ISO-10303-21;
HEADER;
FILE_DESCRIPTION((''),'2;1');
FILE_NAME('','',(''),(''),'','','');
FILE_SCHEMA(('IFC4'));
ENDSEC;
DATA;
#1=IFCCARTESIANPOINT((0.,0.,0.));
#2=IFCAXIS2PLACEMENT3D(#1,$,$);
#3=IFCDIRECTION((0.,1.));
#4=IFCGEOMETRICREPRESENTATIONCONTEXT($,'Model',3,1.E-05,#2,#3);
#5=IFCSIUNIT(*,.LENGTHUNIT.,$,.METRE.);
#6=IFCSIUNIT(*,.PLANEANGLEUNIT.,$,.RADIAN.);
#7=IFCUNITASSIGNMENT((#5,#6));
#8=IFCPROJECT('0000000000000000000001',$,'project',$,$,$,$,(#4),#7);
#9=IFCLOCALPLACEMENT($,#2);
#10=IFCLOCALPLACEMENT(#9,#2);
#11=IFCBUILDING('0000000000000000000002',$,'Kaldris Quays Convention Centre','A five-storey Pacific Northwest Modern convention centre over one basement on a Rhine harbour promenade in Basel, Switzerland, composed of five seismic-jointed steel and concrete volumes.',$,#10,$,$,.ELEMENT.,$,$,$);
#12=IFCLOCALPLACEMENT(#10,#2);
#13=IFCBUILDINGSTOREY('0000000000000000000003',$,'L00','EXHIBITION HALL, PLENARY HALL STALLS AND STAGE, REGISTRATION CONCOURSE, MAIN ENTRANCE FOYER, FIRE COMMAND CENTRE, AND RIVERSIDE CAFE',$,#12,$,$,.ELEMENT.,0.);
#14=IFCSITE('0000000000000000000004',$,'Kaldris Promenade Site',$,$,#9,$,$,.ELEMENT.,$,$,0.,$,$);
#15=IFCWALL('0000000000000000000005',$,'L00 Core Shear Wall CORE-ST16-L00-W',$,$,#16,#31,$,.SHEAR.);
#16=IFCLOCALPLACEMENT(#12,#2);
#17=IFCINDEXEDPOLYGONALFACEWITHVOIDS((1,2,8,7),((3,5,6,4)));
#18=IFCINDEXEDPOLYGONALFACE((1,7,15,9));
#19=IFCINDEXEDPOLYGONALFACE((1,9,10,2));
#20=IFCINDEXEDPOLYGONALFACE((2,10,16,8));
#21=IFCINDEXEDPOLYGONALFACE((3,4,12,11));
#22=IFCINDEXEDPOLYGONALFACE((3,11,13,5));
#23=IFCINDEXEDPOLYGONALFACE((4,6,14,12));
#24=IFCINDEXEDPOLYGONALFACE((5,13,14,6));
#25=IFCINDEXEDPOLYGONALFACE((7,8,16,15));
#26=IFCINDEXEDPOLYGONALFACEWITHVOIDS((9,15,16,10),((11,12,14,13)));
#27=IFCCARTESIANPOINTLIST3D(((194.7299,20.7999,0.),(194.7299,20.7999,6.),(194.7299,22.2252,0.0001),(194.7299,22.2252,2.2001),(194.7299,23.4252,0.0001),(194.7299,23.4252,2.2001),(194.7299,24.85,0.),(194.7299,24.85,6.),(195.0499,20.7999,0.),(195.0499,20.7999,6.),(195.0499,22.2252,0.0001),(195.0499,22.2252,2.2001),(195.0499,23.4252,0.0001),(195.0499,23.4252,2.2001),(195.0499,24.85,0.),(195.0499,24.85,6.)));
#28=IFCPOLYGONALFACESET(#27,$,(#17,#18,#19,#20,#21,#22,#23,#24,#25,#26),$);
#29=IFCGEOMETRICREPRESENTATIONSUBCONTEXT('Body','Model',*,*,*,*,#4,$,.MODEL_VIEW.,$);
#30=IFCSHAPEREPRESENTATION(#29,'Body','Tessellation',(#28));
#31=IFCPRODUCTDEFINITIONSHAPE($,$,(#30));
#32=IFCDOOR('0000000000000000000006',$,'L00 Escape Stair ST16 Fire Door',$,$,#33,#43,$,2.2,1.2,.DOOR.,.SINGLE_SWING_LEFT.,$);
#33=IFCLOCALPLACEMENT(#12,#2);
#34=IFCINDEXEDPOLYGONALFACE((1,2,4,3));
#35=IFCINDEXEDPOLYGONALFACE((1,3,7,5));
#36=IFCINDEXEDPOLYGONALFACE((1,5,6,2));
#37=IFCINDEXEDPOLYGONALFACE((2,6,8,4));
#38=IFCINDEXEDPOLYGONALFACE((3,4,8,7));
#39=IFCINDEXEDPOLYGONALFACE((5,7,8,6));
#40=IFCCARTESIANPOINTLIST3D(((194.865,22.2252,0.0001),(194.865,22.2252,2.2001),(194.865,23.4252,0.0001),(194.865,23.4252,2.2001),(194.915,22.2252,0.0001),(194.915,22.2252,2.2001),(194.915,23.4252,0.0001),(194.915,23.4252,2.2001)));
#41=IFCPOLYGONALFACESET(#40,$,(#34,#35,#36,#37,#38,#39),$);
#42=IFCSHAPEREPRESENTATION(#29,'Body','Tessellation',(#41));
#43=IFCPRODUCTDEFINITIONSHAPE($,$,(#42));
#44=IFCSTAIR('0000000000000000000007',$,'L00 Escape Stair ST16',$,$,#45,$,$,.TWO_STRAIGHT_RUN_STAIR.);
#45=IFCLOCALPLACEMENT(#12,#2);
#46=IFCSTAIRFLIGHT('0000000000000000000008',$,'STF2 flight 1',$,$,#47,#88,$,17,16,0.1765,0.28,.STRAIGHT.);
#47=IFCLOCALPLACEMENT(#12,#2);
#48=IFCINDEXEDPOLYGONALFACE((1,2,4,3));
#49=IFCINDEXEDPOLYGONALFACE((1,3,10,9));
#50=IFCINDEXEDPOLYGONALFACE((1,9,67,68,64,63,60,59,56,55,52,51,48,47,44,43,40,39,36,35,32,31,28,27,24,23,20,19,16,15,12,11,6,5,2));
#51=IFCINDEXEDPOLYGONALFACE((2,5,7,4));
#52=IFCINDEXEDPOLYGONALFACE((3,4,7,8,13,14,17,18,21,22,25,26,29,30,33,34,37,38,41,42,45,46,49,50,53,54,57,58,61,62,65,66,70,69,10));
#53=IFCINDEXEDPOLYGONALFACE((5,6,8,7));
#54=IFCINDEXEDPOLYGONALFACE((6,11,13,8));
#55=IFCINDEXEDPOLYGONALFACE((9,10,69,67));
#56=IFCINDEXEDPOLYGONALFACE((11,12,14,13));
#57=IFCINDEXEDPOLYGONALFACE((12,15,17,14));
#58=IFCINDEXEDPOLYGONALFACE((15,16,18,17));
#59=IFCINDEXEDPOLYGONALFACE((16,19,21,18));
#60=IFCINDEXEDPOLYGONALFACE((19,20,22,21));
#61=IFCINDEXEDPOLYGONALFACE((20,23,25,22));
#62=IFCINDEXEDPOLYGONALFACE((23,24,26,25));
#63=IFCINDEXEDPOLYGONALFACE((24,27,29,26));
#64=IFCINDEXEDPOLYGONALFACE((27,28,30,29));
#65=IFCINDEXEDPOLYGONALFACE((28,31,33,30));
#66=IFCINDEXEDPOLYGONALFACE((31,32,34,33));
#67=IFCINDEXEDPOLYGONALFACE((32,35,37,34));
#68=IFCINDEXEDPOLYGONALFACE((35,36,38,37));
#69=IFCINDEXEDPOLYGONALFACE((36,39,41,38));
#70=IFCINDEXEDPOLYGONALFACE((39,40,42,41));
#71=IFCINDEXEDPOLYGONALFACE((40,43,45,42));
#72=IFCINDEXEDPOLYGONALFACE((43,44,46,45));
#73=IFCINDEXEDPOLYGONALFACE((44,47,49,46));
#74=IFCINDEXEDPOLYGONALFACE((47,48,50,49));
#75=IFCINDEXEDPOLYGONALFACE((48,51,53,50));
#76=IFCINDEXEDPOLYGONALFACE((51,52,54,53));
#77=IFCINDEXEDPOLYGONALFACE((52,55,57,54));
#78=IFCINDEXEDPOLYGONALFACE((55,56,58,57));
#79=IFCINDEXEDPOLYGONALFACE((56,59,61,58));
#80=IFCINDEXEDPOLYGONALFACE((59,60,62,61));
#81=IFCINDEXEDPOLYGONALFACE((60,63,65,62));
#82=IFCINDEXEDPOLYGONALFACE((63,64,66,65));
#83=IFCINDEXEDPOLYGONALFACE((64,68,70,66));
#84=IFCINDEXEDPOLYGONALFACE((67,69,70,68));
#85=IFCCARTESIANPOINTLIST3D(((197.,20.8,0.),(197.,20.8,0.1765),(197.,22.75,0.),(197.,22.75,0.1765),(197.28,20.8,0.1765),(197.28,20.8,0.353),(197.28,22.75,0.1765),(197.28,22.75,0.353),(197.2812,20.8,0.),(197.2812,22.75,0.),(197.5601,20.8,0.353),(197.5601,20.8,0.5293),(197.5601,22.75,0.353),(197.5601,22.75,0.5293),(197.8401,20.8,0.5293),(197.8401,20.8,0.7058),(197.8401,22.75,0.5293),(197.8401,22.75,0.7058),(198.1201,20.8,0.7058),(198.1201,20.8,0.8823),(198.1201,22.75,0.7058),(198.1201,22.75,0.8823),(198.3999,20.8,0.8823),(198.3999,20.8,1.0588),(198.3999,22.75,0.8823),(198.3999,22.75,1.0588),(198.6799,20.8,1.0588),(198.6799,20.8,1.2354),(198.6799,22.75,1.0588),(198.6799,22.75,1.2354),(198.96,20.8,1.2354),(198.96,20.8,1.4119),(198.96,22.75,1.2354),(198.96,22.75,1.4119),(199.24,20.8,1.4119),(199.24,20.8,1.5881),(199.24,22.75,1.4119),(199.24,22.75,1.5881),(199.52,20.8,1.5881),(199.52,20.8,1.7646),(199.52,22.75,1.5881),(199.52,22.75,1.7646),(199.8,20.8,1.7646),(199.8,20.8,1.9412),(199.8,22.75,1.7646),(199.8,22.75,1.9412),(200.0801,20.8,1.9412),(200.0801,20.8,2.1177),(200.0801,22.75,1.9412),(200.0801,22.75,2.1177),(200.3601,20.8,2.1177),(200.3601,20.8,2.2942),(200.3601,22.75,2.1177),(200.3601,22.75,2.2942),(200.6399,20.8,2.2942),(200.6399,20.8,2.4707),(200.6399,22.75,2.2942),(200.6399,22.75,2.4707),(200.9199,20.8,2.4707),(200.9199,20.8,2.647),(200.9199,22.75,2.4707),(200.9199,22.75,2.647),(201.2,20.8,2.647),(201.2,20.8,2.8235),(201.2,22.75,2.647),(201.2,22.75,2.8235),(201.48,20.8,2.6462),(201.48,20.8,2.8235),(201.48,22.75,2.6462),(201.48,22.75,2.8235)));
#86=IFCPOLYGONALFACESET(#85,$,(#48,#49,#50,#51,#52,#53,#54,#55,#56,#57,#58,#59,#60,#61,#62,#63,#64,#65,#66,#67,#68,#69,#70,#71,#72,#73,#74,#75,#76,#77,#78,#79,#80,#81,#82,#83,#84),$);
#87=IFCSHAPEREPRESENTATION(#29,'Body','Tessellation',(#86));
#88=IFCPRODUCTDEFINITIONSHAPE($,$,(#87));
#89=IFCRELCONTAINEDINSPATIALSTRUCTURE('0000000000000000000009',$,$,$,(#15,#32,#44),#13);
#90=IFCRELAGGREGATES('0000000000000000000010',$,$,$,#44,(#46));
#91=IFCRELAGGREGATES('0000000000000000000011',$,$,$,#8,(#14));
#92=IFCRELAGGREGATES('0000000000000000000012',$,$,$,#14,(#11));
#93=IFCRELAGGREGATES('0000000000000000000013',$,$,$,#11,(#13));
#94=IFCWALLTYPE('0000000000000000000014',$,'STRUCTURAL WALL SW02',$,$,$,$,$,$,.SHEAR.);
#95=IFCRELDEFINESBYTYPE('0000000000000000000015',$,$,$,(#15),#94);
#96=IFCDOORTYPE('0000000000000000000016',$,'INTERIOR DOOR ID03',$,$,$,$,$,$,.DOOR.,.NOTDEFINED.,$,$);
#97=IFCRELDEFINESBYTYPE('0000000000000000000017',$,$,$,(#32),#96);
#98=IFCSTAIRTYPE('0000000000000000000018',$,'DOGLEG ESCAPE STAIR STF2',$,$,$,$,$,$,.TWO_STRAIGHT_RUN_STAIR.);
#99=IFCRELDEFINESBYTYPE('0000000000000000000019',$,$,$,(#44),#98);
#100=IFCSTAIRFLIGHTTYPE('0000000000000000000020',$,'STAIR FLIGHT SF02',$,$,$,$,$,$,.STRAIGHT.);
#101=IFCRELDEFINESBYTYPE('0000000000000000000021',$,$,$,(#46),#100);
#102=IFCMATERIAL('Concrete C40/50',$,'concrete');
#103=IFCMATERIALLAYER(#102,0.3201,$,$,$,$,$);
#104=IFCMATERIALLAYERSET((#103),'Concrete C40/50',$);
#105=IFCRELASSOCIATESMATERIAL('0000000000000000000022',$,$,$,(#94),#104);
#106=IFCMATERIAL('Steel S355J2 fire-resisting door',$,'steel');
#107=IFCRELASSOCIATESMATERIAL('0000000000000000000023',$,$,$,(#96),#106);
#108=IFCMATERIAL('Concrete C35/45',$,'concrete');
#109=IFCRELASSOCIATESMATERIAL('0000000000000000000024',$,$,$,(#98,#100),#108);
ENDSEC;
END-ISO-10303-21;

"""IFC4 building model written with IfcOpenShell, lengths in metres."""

from ifc_helpers import new_model, si_unit, direction, frame, frame_2d, origin, place, context, subcontext, project, spatial, polyline, rectangle, outline, extrude, material, layer, layer_set, type_object, element, fill, aggregate, save


model = new_model("IFC4")

# Units and contexts
model_context = context("Model", 3, precision=1e-05, world=origin(), true_north=direction((0.0, 1.0)))
body_context = subcontext(model_context, "Body", "Model", "MODEL_VIEW")
ifc_project = project(units=[si_unit("LENGTHUNIT", "METRE"), si_unit("PLANEANGLEUNIT", "RADIAN")], contexts=[model_context])

# Site, building, storey
site_placement = place(None, origin())
site = spatial("IfcSite", under=ifc_project, at=site_placement, Name="Kaldris Promenade Site", CompositionType="ELEMENT", RefElevation=0.0)
building_placement = place(site_placement, origin())
building = spatial("IfcBuilding", under=site, at=building_placement, Name="Kaldris Quays Convention Centre", Description="A five-storey Pacific Northwest Modern convention centre over one basement on a Rhine harbour promenade in Basel, Switzerland, composed of five seismic-jointed steel and concrete volumes.", CompositionType="ELEMENT")
storey_placement = place(building_placement, origin())
storey = spatial("IfcBuildingStorey", under=building, at=storey_placement, Name="L00", Description="EXHIBITION HALL, PLENARY HALL STALLS AND STAGE, REGISTRATION CONCOURSE, MAIN ENTRANCE FOYER, FIRE COMMAND CENTRE, AND RIVERSIDE CAFE", CompositionType="ELEMENT", Elevation=0.0)

# Shared definitions
ifc_material_1 = material(Name="Concrete C35/45", Category="concrete")

# Wall, opening, door
ifc_material_2 = material(Name="Concrete C40/50", Category="concrete")
ifc_layer_1 = layer(ifc_material_2, 0.3201)
ifc_layer_set_1 = layer_set([ifc_layer_1], Name="Concrete C40/50")
wall_type_1 = type_object("IfcWallType", Name="STRUCTURAL WALL SW02", PredefinedType="SHEAR", material=ifc_layer_set_1)
wall_1_placement = place(storey_placement, frame((194.8899, 20.8, 0.0), z_axis=(0.0, 0.0, 1.0), x_axis=(0.0, 1.0, 0.0)))
wall_1 = element("IfcWall", 1, at=wall_1_placement, inside=storey, type_object=wall_type_1, Name="L00 Core Shear Wall CORE-ST16-L00-W", PredefinedType="SHEAR", context=body_context, shape_type="SweptSolid", body=[
    extrude(rectangle(XDim=4.05, YDim=0.3201, at=frame_2d((2.0249, 0.0))), origin(), (0.0, 0.0, 1.0), 6.0),
])
opening_placement = place(wall_1_placement, frame((1.425, 0.0, 0.0)))
opening = element("IfcOpeningElement", 2, at=opening_placement, cuts=wall_1, PredefinedType="OPENING", context=body_context, shape_type="SweptSolid", body=[
    extrude(rectangle(XDim=1.2, YDim=2.2, at=frame_2d((0.6001, 1.1001))), frame((0.0, 0.1699, 0.0), z_axis=(0.0, -1.0, 0.0), x_axis=(1.0, 0.0, 0.0)), (0.0, 0.0, 1.0), 0.3401),
])
ifc_material_3 = material(Name="Steel S355J2 fire-resisting door", Category="steel")
door_type = type_object("IfcDoorType", Name="INTERIOR DOOR ID03", OperationType="NOTDEFINED", PredefinedType="DOOR", material=ifc_material_3)
door_placement = place(opening_placement, origin())
door = element("IfcDoor", 3, at=door_placement, inside=storey, type_object=door_type, Name="L00 Escape Stair ST16 Fire Door", OperationType="SINGLE_SWING_LEFT", OverallHeight=2.2, OverallWidth=1.2, PredefinedType="DOOR", context=body_context, shape_type="SweptSolid", body=[
    extrude(rectangle(XDim=1.2, YDim=2.2, at=frame_2d((0.6001, 1.1001))), frame((0.0, 0.0249, 0.0), z_axis=(0.0, -1.0, 0.0), x_axis=(1.0, 0.0, 0.0)), (0.0, 0.0, 1.0), 0.05),
])
fill(opening, door)

# Stair, stair flight
stair_type = type_object("IfcStairType", Name="DOGLEG ESCAPE STAIR STF2", PredefinedType="TWO_STRAIGHT_RUN_STAIR", material=ifc_material_1)
stair_placement = place(storey_placement, origin())
stair = element("IfcStair", 4, at=stair_placement, inside=storey, type_object=stair_type, Name="L00 Escape Stair ST16", PredefinedType="TWO_STRAIGHT_RUN_STAIR")
stair_flight_type = type_object("IfcStairFlightType", Name="STAIR FLIGHT SF02", PredefinedType="STRAIGHT", material=ifc_material_1)
stair_flight_placement = place(storey_placement, frame((197.0, 21.7749, 0.0), z_axis=(0.0, 0.0, 1.0), x_axis=(1.0, 0.0, 0.0)))
stair_flight = element("IfcStairFlight", 5, at=stair_flight_placement, type_object=stair_flight_type, Name="STF2 flight 1", NumberOfRisers=17, NumberOfTreads=16, PredefinedType="STRAIGHT", RiserHeight=0.1765, TreadLength=0.28, context=body_context, shape_type="SweptSolid", body=[
    extrude(outline(polyline([(0.0, 0.0), (0.0, 0.1765), (0.28, 0.1765), (0.28, 0.353), (0.5601, 0.353), (0.5601, 0.5293), (0.8401, 0.5293), (0.8401, 0.7058), (1.1201, 0.7058), (1.1201, 0.8823), (1.3999, 0.8823), (1.3999, 1.0588), (1.6799, 1.0588), (1.6799, 1.2354), (1.96, 1.2354), (1.96, 1.4119), (2.24, 1.4119), (2.24, 1.5881), (2.52, 1.5881), (2.52, 1.7646), (2.8, 1.7646), (2.8, 1.9412), (3.0801, 1.9412), (3.0801, 2.1177), (3.3601, 2.1177), (3.3601, 2.2942), (3.6399, 2.2942), (3.6399, 2.4707), (3.9199, 2.4707), (3.9199, 2.647), (4.2, 2.647), (4.2, 2.8235), (4.48, 2.8235), (4.48, 3.0), (4.48, 2.6462), (0.2812, 0.0), (0.0, 0.0)])), frame((0.0, 0.9751, 0.0), z_axis=(0.0, -1.0, 0.0), x_axis=(1.0, 0.0, 0.0)), (0.0, 0.0, 1.0), 1.95),
])
aggregate(stair, [stair_flight])

save(model, "model.ifc")
